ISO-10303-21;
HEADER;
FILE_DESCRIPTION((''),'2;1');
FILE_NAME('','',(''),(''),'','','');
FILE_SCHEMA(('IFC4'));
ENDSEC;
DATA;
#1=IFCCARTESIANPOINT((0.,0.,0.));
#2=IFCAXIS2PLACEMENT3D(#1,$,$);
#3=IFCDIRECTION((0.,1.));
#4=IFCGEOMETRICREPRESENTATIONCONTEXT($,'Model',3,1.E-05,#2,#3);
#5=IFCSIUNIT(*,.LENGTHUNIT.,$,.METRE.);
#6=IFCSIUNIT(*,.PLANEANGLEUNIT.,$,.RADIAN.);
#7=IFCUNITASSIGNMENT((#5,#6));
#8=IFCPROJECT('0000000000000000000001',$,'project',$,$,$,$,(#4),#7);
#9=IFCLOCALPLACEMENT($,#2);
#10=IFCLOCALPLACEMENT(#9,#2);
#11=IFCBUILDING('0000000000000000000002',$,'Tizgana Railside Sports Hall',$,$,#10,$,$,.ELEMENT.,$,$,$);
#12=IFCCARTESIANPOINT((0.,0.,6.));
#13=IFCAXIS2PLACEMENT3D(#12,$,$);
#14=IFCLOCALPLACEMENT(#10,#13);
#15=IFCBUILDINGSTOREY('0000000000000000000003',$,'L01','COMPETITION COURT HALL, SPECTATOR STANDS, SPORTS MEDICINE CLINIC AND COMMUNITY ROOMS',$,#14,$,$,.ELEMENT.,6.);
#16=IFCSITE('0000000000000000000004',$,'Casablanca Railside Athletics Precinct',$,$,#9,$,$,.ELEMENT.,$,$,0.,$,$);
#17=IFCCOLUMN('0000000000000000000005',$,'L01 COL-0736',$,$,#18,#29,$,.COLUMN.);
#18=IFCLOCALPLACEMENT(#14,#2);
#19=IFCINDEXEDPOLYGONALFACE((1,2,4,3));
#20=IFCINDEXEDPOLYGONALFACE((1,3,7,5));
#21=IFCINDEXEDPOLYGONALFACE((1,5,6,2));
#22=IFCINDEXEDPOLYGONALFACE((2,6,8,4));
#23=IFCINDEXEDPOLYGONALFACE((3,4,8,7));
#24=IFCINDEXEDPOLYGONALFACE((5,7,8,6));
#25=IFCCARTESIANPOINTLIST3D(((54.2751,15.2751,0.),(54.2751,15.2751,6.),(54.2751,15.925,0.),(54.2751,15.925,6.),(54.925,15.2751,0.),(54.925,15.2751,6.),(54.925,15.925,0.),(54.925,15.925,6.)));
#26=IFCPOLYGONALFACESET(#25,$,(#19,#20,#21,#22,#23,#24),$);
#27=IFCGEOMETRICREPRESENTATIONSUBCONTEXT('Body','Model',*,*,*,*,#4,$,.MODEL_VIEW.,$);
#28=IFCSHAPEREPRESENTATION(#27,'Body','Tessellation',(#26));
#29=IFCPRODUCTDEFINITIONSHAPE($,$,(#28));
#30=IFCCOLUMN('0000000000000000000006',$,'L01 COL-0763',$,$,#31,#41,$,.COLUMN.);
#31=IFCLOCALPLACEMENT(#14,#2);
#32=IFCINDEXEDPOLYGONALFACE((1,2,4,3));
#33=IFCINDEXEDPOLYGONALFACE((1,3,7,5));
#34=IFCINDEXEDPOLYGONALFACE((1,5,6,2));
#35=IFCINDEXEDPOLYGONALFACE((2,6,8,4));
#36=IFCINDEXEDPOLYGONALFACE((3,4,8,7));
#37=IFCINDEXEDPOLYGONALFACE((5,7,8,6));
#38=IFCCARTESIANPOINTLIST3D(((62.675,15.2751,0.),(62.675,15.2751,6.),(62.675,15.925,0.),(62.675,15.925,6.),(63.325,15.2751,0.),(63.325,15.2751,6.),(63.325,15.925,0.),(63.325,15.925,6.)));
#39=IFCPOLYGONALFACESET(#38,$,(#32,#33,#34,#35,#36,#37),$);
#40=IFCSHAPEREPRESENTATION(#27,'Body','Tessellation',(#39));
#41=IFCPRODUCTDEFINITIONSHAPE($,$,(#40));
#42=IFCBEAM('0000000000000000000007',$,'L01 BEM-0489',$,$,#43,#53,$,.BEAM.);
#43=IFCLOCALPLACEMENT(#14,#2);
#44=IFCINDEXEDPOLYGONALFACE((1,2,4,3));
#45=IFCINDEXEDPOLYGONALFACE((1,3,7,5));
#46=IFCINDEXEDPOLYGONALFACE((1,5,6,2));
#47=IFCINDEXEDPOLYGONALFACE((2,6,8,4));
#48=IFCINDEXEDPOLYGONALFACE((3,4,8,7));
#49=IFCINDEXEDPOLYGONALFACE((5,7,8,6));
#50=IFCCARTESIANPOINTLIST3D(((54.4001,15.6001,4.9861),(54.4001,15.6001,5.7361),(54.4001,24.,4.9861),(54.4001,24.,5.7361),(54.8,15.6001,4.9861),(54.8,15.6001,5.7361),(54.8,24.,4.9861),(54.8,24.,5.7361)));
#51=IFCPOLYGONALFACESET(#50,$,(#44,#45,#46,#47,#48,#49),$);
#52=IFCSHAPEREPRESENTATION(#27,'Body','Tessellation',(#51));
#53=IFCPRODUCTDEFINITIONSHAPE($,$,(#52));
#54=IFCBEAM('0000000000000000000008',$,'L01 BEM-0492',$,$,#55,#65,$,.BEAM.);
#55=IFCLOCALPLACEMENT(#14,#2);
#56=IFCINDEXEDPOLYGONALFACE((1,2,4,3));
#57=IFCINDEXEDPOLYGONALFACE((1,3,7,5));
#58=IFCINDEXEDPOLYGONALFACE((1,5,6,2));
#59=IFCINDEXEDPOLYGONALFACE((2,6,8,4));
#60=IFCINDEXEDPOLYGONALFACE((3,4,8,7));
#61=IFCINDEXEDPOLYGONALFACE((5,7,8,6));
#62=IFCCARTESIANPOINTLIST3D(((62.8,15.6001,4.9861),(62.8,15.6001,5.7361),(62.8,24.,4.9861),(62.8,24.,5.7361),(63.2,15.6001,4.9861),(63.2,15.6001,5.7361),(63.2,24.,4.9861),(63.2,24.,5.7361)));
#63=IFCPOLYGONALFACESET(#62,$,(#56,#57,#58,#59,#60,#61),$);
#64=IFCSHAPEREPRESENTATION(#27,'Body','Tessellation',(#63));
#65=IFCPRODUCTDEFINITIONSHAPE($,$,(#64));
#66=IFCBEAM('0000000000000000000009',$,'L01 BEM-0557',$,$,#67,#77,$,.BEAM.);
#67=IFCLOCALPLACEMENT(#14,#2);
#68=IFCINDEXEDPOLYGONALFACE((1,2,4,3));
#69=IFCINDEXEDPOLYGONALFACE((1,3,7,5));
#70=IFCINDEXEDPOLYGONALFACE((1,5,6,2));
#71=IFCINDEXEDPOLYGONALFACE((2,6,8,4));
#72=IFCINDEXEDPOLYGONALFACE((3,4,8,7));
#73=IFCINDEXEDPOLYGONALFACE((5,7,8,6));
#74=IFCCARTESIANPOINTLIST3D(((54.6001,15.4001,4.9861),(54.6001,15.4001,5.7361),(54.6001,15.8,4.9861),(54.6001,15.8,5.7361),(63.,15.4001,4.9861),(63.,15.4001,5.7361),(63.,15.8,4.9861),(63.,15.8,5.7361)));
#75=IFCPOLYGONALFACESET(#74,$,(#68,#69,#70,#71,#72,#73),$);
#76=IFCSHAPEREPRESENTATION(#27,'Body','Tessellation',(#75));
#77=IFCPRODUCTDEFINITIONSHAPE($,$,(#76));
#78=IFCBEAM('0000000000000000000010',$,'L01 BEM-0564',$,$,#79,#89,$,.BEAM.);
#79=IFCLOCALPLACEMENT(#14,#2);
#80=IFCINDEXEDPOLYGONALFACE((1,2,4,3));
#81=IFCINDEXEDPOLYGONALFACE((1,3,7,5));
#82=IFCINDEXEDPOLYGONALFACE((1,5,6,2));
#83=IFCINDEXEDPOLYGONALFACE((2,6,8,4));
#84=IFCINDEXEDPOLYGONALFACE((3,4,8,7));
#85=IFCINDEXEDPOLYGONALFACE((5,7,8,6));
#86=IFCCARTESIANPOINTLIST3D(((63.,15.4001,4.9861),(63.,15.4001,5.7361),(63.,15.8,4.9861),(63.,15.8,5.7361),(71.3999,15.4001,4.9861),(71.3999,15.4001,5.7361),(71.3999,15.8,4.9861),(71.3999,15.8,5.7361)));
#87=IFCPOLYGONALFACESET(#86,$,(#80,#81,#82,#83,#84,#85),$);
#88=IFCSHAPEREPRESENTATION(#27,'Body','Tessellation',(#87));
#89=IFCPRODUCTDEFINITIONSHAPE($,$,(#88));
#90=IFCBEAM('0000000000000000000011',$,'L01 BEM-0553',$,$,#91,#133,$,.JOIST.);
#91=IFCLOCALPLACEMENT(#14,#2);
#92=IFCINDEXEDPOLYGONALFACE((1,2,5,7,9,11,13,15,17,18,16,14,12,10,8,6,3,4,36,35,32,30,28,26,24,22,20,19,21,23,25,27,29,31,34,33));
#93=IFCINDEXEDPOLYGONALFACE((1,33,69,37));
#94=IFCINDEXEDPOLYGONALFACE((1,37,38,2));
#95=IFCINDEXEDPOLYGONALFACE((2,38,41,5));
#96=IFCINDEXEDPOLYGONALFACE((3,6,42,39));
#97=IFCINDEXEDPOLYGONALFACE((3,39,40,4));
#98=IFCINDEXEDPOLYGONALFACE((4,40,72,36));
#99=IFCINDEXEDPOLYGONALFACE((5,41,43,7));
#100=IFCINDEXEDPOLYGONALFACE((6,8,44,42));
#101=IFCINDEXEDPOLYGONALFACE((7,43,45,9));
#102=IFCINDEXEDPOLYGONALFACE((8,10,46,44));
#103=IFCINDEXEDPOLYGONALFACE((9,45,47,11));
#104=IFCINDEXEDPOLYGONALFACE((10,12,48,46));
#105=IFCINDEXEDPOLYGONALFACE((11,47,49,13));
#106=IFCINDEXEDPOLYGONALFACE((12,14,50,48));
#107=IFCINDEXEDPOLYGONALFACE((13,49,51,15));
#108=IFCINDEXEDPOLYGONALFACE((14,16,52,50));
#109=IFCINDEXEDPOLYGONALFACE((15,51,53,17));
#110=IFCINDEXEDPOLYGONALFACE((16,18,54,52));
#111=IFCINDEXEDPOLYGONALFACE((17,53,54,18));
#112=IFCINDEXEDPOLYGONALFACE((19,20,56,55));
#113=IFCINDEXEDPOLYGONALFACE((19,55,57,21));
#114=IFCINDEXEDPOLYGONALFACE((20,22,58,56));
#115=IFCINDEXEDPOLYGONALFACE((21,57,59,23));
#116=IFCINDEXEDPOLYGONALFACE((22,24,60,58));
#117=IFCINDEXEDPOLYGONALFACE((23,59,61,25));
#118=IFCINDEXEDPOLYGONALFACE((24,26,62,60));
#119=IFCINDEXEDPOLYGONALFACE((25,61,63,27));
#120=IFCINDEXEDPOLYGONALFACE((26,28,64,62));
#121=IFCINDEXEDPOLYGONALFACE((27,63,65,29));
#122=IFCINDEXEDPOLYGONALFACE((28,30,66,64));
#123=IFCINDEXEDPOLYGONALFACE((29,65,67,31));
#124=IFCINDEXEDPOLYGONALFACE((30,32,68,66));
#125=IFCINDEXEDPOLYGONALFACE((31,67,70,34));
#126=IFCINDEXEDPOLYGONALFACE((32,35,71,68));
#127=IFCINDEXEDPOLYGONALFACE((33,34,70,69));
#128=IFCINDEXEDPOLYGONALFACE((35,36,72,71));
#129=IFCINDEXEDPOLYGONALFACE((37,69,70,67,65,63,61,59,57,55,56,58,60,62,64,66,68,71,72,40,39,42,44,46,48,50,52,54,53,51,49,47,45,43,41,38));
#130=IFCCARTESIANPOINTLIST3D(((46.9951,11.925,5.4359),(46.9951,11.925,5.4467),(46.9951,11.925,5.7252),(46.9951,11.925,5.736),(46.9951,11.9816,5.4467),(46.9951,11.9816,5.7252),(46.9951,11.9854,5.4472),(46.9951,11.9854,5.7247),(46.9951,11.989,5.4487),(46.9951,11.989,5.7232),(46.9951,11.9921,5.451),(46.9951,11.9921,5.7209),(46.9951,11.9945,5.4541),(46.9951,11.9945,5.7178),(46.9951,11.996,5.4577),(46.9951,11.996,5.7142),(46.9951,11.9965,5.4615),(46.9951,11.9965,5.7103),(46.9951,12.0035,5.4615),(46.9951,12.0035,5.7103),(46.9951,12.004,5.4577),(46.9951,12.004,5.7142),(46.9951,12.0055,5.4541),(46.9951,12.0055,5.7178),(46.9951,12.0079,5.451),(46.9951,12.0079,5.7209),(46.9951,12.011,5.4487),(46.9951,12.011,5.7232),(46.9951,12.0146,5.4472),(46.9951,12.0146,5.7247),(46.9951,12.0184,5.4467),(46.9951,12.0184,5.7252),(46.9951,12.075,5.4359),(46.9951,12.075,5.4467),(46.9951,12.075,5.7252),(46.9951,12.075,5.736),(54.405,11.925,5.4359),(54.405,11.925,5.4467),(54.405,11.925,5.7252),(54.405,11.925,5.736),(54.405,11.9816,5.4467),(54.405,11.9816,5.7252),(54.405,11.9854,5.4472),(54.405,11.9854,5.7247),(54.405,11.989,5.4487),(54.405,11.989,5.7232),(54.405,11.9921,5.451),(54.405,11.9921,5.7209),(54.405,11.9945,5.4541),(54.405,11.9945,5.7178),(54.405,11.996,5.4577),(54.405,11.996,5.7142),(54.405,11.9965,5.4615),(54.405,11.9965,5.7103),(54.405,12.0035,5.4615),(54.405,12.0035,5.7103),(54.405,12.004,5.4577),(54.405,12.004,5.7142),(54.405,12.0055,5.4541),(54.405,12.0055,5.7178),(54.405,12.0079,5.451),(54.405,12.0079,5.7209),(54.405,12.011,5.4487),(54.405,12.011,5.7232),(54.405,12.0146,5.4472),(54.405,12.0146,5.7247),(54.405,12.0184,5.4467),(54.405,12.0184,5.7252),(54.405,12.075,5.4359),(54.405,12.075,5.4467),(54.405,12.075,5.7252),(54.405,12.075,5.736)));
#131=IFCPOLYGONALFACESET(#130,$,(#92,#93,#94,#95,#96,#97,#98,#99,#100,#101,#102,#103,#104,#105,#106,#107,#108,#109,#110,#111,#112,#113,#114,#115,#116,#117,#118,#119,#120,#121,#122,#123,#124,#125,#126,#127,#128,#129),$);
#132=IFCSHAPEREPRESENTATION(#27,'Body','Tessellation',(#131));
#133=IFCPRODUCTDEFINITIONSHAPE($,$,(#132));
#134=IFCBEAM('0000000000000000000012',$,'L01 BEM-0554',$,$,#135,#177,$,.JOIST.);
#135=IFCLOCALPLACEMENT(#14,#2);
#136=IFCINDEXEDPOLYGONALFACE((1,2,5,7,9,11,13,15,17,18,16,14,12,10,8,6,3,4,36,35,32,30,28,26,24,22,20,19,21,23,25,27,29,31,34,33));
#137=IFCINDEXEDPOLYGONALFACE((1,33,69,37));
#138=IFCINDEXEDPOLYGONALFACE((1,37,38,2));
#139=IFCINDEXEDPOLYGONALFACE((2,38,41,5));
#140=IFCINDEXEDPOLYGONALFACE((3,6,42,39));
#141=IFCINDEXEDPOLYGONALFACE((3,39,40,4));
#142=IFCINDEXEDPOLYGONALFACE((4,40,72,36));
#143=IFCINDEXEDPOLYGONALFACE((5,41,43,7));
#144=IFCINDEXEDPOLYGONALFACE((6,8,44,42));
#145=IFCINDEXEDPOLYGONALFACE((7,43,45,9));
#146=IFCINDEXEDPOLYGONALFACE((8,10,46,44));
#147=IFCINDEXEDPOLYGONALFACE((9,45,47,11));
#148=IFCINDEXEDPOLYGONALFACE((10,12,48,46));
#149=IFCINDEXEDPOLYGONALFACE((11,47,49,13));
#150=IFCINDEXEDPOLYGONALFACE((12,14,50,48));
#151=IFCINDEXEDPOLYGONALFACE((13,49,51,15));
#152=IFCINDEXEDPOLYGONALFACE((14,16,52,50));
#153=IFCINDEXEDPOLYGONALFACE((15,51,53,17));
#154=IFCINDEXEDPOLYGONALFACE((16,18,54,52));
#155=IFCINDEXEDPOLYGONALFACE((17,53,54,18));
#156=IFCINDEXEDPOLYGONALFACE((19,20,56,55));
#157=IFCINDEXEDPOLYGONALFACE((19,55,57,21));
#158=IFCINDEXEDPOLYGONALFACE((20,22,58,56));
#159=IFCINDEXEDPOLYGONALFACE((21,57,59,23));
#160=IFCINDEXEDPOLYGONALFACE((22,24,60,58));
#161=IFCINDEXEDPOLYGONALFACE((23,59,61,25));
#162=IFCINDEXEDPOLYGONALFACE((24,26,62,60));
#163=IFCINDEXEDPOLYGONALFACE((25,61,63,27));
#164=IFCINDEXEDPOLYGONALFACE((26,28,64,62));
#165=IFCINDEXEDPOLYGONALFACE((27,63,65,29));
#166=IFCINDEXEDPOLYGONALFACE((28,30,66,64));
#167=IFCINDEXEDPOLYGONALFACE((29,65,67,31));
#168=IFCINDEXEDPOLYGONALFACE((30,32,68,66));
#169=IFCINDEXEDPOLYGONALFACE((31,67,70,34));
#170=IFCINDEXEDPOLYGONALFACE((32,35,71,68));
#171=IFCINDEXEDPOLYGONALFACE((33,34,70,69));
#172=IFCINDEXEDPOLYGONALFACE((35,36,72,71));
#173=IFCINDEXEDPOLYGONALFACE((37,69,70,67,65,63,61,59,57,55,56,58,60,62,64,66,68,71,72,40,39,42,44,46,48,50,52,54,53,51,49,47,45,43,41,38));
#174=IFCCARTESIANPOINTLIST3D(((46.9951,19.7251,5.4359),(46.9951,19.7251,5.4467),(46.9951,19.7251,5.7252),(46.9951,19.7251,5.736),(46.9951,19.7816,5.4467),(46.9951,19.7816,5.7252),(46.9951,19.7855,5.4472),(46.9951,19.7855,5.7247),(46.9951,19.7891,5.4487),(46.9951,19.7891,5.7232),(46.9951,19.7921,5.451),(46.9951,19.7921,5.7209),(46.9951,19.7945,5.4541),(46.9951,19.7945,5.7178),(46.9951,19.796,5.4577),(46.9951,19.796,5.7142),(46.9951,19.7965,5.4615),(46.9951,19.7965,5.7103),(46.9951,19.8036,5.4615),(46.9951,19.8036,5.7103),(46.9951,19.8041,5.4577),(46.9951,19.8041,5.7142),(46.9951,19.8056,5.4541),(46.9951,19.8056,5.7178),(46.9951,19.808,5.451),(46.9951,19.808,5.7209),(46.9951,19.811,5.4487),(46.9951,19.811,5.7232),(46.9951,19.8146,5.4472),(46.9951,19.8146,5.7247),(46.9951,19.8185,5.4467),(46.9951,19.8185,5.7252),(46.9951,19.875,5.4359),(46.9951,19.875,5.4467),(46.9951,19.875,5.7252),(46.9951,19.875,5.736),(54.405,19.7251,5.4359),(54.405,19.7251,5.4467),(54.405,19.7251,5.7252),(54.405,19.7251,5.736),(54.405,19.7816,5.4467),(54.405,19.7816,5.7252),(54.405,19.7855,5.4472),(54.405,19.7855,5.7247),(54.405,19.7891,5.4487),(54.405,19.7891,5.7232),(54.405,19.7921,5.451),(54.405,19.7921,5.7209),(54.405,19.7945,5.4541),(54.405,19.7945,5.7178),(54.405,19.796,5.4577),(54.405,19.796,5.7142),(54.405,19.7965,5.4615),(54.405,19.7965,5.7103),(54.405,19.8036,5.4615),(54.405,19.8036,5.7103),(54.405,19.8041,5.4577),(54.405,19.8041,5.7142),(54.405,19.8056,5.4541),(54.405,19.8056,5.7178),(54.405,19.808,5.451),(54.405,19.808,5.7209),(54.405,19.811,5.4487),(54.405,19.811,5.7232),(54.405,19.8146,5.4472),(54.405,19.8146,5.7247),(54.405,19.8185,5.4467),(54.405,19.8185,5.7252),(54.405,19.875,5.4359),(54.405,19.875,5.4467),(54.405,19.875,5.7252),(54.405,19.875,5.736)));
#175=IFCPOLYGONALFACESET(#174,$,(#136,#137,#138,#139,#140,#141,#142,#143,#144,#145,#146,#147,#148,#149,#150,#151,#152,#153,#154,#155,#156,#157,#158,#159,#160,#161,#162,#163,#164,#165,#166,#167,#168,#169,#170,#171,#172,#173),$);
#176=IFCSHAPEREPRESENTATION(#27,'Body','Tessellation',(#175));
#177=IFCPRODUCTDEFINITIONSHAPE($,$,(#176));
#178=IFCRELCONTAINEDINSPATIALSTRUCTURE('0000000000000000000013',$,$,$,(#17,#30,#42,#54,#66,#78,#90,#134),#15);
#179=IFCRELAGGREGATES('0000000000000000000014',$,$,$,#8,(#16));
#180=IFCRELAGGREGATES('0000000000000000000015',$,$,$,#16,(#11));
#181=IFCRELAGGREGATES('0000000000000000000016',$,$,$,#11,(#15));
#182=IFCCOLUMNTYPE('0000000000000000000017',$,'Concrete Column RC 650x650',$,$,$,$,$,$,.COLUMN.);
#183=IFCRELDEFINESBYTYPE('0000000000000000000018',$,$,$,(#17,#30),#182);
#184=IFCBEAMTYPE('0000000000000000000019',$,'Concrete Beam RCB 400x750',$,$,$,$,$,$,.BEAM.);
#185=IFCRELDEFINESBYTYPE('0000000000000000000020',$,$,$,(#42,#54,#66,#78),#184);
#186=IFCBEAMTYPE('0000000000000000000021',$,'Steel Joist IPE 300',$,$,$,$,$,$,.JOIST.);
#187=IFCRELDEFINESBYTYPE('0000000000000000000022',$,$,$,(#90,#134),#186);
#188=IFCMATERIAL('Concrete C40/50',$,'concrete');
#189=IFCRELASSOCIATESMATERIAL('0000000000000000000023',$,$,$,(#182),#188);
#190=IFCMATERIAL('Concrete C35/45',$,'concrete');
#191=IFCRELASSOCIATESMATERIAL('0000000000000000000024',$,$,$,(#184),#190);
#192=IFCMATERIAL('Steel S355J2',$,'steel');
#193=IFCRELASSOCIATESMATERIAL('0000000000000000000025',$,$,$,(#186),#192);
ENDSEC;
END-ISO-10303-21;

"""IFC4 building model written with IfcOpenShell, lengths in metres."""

from ifc_helpers import new_model, si_unit, direction, frame, origin, origin_2d, place, context, subcontext, project, spatial, rectangle, i_section, extrude, material, material_profile, profile_set, type_object, element, save


model = new_model("IFC4")

# Units and contexts
model_context = context("Model", 3, precision=1e-05, world=origin(), true_north=direction((0.0, 1.0)))
body_context = subcontext(model_context, "Body", "Model", "MODEL_VIEW")
ifc_project = project(units=[si_unit("LENGTHUNIT", "METRE"), si_unit("PLANEANGLEUNIT", "RADIAN")], contexts=[model_context])

# Site, building, storey
site_placement = place(None, origin())
site = spatial("IfcSite", under=ifc_project, at=site_placement, Name="Casablanca Railside Athletics Precinct", CompositionType="ELEMENT", RefElevation=0.0)
building_placement = place(site_placement, origin())
building = spatial("IfcBuilding", under=site, at=building_placement, Name="Tizgana Railside Sports Hall", CompositionType="ELEMENT")
storey_placement = place(building_placement, frame((0.0, 0.0, 6.0)))
storey = spatial("IfcBuildingStorey", under=building, at=storey_placement, Name="L01", Description="COMPETITION COURT HALL, SPECTATOR STANDS, SPORTS MEDICINE CLINIC AND COMMUNITY ROOMS", CompositionType="ELEMENT", Elevation=6.0)

# Columns
ifc_material_1 = material(Name="Concrete C40/50", Category="concrete")
ifc_material_profile_1 = material_profile(ifc_material_1, rectangle(XDim=0.6499, YDim=0.6499, at=origin_2d()), Name="RC 650x650")
ifc_profile_set_1 = profile_set([ifc_material_profile_1], Name="Concrete C40/50")
column_type = type_object("IfcColumnType", Name="Concrete Column RC 650x650", PredefinedType="COLUMN", material=ifc_profile_set_1)
for number, where, z_axis, x_axis, name in (
    (1, (54.6001, 15.6001, 0.0), (0.0, 0.0, 1.0), (1.0, 0.0, 0.0), "L01 COL-0736"),
    (2, (63.0, 15.6001, 0.0), (0.0, 0.0, 1.0), (1.0, 0.0, 0.0), "L01 COL-0763"),
):
    element("IfcColumn", number, at=place(storey_placement, frame(where, z_axis=z_axis, x_axis=x_axis)), inside=storey, type_object=column_type, Name=name, PredefinedType="COLUMN", context=body_context, shape_type="SweptSolid", body=[
        extrude(rectangle(XDim=0.6499, YDim=0.6499, at=origin_2d()), origin(), (0.0, 0.0, 1.0), 6.0),
    ])

# Beams
ifc_material_2 = material(Name="Concrete C35/45", Category="concrete")
ifc_material_profile_2 = material_profile(ifc_material_2, rectangle(XDim=0.3999, YDim=0.75, at=origin_2d()), Name="RCB 400x750")
ifc_profile_set_2 = profile_set([ifc_material_profile_2], Name="Concrete C35/45")
beam_type_1 = type_object("IfcBeamType", Name="Concrete Beam RCB 400x750", PredefinedType="BEAM", material=ifc_profile_set_2)
for number, where, z_axis, x_axis, name in (
    (3, (54.6001, 15.6001, 5.3611), (0.0, 1.0, 0.0), (-1.0, 0.0, 0.0), "L01 BEM-0489"),
    (4, (63.0, 15.6001, 5.3611), (0.0, 1.0, 0.0), (-1.0, 0.0, 0.0), "L01 BEM-0492"),
    (5, (54.6001, 15.6001, 5.3611), (1.0, 0.0, 0.0), (0.0, 1.0, 0.0), "L01 BEM-0557"),
    (6, (63.0, 15.6001, 5.3611), (1.0, 0.0, 0.0), (0.0, 1.0, 0.0), "L01 BEM-0564"),
):
    element("IfcBeam", number, at=place(storey_placement, frame(where, z_axis=z_axis, x_axis=x_axis)), inside=storey, type_object=beam_type_1, Name=name, PredefinedType="BEAM", context=body_context, shape_type="SweptSolid", body=[
        extrude(rectangle(XDim=0.3999, YDim=0.75, at=origin_2d()), origin(), (0.0, 0.0, 1.0), 8.3999),
    ])
ifc_material_3 = material(Name="Steel S355J2", Category="steel")
ifc_material_profile_3 = material_profile(ifc_material_3, i_section(OverallWidth=0.1499, OverallDepth=0.3, WebThickness=0.0071, FlangeThickness=0.0107, FilletRadius=0.0149, at=origin_2d()), Name="IPE 300")
ifc_profile_set_3 = profile_set([ifc_material_profile_3], Name="Steel S355J2")
beam_type_2 = type_object("IfcBeamType", Name="Steel Joist IPE 300", PredefinedType="JOIST", material=ifc_profile_set_3)
for number, where, z_axis, x_axis, name in (
    (7, (46.9951, 12.0, 5.5859), (1.0, 0.0, 0.0), (0.0, 1.0, 0.0), "L01 BEM-0553"),
    (8, (46.9951, 19.8, 5.5859), (1.0, 0.0, 0.0), (0.0, 1.0, 0.0), "L01 BEM-0554"),
):
    element("IfcBeam", number, at=place(storey_placement, frame(where, z_axis=z_axis, x_axis=x_axis)), inside=storey, type_object=beam_type_2, Name=name, PredefinedType="JOIST", context=body_context, shape_type="SweptSolid", body=[
        extrude(i_section(OverallWidth=0.1499, OverallDepth=0.3, WebThickness=0.0071, FlangeThickness=0.0107, FilletRadius=0.0149, at=origin_2d()), origin(), (0.0, 0.0, 1.0), 7.4099),
    ])

save(model, "model.ifc")
